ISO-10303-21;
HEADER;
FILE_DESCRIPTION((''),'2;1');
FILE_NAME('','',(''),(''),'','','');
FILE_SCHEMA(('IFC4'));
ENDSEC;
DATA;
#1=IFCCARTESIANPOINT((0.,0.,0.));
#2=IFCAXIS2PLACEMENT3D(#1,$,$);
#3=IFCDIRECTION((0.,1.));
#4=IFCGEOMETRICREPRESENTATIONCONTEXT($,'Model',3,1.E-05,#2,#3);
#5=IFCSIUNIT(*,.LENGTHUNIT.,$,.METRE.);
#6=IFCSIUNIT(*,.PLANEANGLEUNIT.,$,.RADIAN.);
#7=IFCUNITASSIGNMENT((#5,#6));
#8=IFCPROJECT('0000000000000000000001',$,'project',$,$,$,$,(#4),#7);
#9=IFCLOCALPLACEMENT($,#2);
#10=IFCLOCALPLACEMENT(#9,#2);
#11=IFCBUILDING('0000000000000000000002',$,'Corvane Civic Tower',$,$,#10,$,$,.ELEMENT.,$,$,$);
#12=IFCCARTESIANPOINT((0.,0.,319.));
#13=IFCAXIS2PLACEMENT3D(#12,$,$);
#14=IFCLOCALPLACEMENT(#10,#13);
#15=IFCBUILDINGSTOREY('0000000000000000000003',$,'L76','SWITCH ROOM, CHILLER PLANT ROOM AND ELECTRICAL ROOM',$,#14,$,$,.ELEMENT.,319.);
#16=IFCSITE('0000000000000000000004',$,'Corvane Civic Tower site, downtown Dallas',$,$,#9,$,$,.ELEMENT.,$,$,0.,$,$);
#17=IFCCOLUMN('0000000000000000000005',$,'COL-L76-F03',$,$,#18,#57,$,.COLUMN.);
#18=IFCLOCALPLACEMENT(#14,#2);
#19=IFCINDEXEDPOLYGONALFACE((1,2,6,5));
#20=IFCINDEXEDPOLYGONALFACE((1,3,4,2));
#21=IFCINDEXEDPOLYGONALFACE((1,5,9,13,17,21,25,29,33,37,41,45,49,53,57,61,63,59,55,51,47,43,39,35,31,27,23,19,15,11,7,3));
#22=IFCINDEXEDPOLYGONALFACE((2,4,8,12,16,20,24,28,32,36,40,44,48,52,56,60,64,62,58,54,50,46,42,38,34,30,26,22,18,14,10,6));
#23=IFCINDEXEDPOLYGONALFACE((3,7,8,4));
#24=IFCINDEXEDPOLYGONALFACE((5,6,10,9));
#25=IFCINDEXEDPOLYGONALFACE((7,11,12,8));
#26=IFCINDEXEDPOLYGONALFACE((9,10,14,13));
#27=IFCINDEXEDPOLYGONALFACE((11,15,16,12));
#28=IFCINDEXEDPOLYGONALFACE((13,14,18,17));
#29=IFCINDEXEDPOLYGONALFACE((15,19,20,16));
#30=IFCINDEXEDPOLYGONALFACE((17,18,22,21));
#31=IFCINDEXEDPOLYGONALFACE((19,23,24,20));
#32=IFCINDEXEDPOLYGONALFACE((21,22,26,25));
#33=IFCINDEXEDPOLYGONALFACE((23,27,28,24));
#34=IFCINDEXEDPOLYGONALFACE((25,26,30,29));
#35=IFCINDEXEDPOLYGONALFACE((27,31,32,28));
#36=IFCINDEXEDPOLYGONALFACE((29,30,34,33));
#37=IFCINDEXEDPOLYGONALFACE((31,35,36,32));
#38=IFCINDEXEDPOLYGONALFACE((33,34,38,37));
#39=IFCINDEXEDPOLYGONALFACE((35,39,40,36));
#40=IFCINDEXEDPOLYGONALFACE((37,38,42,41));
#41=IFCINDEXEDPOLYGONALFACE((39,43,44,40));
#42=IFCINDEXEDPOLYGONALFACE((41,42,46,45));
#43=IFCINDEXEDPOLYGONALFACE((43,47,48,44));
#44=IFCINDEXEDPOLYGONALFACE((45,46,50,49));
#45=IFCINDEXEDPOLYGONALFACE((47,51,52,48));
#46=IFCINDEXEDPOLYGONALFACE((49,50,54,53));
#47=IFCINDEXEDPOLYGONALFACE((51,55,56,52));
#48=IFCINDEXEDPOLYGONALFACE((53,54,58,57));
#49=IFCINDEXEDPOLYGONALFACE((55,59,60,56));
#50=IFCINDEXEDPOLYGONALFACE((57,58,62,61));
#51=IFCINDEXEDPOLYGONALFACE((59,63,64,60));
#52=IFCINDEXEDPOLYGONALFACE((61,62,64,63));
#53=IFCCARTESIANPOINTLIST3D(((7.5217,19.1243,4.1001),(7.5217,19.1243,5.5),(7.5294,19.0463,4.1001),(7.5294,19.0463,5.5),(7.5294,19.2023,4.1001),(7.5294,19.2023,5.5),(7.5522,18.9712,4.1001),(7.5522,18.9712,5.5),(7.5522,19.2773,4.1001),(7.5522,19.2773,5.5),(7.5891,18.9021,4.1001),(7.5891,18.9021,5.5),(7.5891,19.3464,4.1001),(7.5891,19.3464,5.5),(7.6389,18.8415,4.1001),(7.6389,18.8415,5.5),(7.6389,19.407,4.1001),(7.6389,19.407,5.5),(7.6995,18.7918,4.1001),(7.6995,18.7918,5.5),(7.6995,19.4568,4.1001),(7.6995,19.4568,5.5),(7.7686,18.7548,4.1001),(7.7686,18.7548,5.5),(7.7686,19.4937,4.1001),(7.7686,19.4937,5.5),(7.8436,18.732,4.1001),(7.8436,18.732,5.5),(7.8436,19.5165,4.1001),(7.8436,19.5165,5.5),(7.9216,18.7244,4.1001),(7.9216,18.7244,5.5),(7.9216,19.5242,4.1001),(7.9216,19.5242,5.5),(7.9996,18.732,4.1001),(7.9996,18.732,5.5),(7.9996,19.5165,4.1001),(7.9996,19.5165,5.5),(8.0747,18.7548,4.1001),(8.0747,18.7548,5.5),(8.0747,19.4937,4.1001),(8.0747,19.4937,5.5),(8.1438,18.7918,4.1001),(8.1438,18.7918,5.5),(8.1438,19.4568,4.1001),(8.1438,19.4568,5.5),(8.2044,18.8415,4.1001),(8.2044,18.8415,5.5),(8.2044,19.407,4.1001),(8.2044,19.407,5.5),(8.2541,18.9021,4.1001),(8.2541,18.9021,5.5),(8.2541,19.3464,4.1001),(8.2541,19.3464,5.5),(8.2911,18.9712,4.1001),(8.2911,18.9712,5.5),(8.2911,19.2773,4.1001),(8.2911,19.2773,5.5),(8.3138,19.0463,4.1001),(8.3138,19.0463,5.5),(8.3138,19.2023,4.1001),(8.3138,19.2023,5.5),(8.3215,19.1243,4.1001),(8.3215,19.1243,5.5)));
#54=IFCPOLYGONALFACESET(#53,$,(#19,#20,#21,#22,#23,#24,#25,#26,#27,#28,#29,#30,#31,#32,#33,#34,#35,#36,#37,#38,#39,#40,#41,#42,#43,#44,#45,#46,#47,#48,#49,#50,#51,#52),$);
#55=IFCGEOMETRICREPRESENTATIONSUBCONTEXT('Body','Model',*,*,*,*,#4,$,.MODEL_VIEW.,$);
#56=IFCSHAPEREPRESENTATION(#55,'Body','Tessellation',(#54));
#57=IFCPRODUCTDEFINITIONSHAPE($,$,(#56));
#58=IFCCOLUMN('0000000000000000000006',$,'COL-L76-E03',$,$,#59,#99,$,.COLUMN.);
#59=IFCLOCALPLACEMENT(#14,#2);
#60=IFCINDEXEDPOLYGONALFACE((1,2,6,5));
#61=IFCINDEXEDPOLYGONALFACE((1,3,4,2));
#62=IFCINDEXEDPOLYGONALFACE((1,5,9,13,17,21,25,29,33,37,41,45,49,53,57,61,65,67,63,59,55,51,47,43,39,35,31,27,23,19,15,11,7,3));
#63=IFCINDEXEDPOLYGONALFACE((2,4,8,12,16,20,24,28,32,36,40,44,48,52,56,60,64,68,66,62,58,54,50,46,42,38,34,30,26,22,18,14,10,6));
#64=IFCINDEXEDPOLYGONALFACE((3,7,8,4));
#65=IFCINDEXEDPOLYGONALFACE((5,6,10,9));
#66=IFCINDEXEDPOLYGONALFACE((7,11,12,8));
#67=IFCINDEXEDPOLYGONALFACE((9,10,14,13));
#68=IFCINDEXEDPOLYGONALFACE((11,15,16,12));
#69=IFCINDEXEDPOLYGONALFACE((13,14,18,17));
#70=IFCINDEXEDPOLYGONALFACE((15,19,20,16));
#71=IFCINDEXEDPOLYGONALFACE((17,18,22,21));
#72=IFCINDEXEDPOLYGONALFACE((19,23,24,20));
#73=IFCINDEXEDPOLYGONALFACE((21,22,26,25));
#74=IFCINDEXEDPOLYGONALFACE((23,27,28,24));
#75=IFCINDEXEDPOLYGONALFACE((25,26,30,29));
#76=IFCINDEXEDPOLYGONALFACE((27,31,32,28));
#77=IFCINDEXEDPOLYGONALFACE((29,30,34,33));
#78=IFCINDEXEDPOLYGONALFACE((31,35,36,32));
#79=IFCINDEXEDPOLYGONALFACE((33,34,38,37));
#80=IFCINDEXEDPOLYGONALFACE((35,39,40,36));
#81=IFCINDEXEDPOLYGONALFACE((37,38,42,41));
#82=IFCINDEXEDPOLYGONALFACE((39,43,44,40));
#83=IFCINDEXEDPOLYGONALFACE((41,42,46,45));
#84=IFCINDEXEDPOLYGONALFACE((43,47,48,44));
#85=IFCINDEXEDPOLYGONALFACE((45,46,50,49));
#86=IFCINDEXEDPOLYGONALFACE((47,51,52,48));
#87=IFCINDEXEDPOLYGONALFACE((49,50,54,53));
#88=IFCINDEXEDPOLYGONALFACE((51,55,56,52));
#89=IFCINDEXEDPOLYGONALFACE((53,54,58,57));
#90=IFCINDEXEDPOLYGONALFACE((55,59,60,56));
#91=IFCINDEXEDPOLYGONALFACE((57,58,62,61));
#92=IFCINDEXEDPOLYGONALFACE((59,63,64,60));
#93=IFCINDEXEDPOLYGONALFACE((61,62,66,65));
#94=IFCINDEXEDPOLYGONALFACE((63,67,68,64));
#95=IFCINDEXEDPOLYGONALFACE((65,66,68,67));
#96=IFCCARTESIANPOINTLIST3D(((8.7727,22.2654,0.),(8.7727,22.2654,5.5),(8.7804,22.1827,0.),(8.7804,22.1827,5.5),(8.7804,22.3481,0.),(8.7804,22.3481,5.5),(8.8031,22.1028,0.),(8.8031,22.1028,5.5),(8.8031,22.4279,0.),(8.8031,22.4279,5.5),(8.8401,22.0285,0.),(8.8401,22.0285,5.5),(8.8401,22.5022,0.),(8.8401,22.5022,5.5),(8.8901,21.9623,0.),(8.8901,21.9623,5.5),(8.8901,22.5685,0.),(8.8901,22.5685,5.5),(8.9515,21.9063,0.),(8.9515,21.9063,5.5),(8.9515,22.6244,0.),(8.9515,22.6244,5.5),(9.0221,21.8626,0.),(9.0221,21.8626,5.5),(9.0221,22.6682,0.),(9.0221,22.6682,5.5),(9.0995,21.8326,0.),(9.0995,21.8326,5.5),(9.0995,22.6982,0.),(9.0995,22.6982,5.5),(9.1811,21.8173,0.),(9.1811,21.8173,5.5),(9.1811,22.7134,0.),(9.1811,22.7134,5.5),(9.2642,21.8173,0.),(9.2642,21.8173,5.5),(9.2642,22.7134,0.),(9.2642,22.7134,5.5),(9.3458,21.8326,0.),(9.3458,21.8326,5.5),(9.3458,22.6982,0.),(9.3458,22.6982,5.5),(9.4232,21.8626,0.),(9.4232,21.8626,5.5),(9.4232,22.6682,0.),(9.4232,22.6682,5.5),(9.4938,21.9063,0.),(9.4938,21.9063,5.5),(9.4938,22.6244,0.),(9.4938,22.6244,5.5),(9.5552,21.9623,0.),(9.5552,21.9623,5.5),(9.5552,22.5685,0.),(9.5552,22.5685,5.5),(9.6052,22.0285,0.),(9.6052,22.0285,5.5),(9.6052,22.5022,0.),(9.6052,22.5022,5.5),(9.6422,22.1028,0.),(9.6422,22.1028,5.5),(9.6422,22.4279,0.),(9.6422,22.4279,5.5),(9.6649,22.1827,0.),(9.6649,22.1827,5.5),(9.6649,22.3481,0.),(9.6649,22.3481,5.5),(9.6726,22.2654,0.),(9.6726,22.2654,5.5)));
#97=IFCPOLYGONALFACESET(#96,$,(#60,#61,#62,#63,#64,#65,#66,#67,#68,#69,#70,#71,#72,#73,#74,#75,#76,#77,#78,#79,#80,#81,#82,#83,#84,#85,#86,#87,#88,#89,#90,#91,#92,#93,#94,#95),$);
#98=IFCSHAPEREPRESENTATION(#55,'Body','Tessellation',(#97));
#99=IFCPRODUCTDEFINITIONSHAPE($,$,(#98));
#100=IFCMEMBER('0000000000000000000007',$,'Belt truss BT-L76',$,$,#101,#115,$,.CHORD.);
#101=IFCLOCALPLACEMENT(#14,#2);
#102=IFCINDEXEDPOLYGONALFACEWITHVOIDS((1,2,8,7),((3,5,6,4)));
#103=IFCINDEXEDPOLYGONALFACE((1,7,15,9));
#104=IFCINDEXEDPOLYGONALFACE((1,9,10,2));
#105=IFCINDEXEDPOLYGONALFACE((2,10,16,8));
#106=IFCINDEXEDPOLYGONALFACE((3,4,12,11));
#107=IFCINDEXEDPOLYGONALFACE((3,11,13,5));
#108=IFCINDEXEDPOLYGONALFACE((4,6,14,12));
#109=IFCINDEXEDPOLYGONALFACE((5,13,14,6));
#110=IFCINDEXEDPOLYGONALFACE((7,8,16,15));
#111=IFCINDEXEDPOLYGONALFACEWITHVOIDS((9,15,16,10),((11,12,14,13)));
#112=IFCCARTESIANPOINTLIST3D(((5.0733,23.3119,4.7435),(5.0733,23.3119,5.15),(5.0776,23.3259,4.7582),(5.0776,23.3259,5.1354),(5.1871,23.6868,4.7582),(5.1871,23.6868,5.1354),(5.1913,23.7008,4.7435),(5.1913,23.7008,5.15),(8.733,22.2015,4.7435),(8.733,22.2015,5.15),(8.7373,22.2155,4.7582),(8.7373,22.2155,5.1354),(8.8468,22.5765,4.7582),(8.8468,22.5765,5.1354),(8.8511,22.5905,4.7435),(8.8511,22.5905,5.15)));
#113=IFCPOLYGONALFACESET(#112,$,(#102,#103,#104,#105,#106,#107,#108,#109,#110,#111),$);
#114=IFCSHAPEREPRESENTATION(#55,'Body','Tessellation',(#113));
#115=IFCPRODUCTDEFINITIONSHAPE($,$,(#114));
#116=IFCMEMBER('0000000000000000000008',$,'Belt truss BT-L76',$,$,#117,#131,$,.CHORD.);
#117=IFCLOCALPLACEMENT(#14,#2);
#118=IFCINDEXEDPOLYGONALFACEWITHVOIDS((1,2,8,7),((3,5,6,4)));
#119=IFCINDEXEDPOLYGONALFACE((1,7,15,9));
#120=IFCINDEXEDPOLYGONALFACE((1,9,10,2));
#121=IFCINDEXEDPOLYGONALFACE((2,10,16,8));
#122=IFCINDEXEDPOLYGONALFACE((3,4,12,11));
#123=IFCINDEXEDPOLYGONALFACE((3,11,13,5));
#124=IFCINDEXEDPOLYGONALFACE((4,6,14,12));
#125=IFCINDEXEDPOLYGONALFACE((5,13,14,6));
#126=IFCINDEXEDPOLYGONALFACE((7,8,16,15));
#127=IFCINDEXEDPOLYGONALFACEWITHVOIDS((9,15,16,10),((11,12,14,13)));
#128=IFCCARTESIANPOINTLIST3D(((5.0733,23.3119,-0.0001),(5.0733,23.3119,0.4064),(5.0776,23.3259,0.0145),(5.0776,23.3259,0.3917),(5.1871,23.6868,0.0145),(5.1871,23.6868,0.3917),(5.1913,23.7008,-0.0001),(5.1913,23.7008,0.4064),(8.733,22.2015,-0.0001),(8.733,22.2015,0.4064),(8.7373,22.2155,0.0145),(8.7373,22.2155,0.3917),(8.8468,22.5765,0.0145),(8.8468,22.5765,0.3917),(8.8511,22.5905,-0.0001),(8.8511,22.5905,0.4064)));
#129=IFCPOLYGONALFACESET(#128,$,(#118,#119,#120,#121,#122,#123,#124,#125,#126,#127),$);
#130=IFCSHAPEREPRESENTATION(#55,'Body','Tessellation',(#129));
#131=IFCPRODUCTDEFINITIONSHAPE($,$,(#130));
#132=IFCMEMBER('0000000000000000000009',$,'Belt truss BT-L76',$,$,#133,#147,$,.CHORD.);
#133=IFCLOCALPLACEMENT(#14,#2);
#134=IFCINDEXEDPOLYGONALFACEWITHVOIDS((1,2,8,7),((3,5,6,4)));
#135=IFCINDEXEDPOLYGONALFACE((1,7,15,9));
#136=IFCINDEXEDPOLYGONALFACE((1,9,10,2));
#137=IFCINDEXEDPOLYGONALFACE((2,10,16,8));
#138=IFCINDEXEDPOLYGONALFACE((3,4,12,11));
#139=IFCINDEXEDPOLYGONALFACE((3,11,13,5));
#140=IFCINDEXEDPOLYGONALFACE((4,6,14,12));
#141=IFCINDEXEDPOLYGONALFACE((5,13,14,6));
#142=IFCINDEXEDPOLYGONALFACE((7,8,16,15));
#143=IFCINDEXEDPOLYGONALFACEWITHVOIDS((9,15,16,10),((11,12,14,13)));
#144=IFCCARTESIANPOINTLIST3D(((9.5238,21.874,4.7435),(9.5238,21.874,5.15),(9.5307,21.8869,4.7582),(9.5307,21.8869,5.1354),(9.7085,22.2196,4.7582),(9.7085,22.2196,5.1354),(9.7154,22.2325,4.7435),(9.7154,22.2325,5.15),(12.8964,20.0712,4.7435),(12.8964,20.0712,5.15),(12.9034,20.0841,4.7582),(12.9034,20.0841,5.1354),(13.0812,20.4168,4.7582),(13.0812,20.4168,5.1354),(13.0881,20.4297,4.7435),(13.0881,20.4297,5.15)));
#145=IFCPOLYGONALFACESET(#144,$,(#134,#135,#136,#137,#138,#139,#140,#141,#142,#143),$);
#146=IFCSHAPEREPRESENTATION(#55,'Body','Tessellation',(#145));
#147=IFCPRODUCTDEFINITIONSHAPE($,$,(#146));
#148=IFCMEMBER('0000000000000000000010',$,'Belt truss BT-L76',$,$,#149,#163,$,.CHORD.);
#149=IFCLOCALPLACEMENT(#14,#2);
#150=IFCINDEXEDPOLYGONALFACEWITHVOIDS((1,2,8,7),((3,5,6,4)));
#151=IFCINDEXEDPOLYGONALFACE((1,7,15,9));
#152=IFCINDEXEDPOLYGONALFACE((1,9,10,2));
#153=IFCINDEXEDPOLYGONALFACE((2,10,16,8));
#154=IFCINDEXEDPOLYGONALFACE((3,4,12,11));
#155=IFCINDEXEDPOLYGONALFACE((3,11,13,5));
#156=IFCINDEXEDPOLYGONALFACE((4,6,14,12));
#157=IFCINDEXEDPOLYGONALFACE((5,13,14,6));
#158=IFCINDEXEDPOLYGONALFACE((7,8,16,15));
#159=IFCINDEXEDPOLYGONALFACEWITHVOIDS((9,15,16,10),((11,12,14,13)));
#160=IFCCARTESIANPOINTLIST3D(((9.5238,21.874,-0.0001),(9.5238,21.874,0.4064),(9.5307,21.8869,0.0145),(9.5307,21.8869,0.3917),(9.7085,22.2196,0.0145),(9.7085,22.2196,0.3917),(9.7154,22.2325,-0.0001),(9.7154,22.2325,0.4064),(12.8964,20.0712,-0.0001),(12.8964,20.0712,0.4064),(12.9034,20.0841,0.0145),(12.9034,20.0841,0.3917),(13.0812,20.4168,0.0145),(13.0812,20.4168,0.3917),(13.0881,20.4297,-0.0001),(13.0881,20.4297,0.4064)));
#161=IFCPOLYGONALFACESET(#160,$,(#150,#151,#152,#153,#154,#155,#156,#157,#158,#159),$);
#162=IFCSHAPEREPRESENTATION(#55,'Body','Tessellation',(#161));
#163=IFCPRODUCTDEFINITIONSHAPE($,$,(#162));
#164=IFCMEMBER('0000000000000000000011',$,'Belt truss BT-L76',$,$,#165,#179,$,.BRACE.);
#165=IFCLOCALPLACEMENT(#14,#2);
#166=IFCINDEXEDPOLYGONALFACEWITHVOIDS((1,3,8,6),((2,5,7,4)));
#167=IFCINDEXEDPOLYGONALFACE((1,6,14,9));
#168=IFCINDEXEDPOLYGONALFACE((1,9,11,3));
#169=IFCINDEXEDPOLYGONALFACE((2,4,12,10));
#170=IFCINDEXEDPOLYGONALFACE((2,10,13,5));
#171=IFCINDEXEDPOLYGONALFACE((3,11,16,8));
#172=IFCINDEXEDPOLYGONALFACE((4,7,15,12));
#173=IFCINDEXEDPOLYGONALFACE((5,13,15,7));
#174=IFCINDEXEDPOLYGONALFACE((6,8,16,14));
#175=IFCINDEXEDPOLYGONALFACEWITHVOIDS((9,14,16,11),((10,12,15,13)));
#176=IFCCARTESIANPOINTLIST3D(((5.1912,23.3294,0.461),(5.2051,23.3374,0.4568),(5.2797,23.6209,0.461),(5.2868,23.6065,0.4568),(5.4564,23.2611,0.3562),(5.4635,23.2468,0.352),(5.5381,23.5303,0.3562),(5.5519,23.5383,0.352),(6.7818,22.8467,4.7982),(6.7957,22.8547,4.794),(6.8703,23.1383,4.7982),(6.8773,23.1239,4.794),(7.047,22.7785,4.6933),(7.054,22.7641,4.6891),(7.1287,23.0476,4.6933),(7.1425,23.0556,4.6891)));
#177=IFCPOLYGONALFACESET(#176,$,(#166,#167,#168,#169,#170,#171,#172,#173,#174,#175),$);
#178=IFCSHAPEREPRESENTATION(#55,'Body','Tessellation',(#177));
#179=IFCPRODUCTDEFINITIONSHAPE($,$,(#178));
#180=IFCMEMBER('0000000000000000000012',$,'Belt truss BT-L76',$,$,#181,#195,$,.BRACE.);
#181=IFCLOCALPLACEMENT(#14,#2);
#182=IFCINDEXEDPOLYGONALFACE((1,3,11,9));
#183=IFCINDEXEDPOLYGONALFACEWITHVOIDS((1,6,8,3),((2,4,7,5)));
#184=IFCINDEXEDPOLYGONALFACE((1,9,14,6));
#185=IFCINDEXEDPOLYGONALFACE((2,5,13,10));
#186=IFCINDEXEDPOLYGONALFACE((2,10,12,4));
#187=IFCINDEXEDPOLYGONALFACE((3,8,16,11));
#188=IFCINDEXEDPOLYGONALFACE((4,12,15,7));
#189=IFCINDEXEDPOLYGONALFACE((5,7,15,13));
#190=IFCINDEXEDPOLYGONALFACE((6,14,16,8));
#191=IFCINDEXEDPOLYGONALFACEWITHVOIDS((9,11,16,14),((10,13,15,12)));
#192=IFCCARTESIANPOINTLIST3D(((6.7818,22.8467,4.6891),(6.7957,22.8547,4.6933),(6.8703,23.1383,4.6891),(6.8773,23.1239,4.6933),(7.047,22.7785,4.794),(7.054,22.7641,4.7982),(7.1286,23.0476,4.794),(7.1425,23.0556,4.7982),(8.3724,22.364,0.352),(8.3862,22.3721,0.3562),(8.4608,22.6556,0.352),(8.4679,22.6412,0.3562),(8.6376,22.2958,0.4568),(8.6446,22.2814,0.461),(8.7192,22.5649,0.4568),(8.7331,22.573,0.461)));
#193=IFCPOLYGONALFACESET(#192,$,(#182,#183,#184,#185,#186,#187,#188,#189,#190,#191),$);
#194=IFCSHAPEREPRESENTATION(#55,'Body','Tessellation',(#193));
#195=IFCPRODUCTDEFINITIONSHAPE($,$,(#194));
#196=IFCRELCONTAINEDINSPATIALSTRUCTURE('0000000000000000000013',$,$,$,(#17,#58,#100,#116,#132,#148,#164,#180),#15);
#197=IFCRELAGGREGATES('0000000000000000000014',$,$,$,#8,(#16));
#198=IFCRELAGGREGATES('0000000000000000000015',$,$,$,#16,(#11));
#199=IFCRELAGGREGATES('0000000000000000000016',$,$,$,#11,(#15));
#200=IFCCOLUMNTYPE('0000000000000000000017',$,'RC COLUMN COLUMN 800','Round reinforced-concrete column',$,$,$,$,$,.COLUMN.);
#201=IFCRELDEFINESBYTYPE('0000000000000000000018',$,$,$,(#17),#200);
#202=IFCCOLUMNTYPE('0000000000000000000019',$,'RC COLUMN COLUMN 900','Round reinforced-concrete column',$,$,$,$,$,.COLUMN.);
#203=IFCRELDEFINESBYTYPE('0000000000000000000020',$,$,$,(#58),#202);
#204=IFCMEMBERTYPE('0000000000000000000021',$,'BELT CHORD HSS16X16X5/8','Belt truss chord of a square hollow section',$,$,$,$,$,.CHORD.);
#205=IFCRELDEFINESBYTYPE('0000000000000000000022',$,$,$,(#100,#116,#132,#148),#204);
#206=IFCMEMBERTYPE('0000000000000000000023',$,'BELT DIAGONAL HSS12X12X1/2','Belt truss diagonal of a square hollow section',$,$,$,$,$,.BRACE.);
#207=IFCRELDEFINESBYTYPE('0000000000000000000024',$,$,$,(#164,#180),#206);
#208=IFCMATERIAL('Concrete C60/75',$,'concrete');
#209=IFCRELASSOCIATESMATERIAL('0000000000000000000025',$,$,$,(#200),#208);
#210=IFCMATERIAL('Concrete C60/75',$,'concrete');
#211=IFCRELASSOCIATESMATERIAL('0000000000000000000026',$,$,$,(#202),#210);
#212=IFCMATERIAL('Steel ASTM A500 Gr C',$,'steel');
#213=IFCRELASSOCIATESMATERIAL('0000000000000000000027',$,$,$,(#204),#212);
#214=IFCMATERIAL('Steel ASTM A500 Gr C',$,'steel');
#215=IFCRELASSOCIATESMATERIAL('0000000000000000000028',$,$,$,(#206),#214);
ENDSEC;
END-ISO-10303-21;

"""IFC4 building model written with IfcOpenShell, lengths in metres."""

from ifc_helpers import new_model, si_unit, direction, frame, origin, origin_2d, place, context, subcontext, project, spatial, hollow_rectangle, circle, extrude, material, material_profile, profile_set, type_object, element, save


model = new_model("IFC4")

# Units and contexts
model_context = context("Model", 3, precision=1e-05, world=origin(), true_north=direction((0.0, 1.0)))
body_context = subcontext(model_context, "Body", "Model", "MODEL_VIEW")
ifc_project = project(units=[si_unit("LENGTHUNIT", "METRE"), si_unit("PLANEANGLEUNIT", "RADIAN")], contexts=[model_context])

# Site, building, storey
site_placement = place(None, origin())
site = spatial("IfcSite", under=ifc_project, at=site_placement, Name="Corvane Civic Tower site, downtown Dallas", CompositionType="ELEMENT", RefElevation=0.0)
building_placement = place(site_placement, origin())
building = spatial("IfcBuilding", under=site, at=building_placement, Name="Corvane Civic Tower", CompositionType="ELEMENT")
storey_placement = place(building_placement, frame((0.0, 0.0, 319.0)))
storey = spatial("IfcBuildingStorey", under=building, at=storey_placement, Name="L76", Description="SWITCH ROOM, CHILLER PLANT ROOM AND ELECTRICAL ROOM", CompositionType="ELEMENT", Elevation=319.0)

# Columns
ifc_material_1 = material(Name="Concrete C60/75", Category="concrete")
ifc_material_profile_1 = material_profile(ifc_material_1, circle(Radius=0.3999, at=origin_2d()), Name="COLUMN 800")
ifc_profile_set_1 = profile_set([ifc_material_profile_1], Name="Concrete C60/75")
column_type_1 = type_object("IfcColumnType", Name="RC COLUMN COLUMN 800", Description="Round reinforced-concrete column", PredefinedType="COLUMN", material=ifc_profile_set_1)
column_1_placement = place(storey_placement, frame((7.9216, 19.1243, 4.1001), z_axis=(0.0, 0.0, 1.0), x_axis=(1.0, 0.0, 0.0)))
element("IfcColumn", 1, at=column_1_placement, inside=storey, type_object=column_type_1, Name="COL-L76-F03", PredefinedType="COLUMN", context=body_context, shape_type="SweptSolid", body=[
    extrude(circle(Radius=0.3999, at=origin_2d()), origin(), (0.0, 0.0, 1.0), 1.3999),
])
ifc_material_2 = material(Name="Concrete C60/75", Category="concrete")
ifc_material_profile_2 = material_profile(ifc_material_2, circle(Radius=0.45, at=origin_2d()), Name="COLUMN 900")
ifc_profile_set_2 = profile_set([ifc_material_profile_2], Name="Concrete C60/75")
column_type_2 = type_object("IfcColumnType", Name="RC COLUMN COLUMN 900", Description="Round reinforced-concrete column", PredefinedType="COLUMN", material=ifc_profile_set_2)
column_2_placement = place(storey_placement, frame((9.2227, 22.2654, 0.0), z_axis=(0.0, 0.0, 1.0), x_axis=(1.0, 0.0, 0.0)))
element("IfcColumn", 2, at=column_2_placement, inside=storey, type_object=column_type_2, Name="COL-L76-E03", PredefinedType="COLUMN", context=body_context, shape_type="SweptSolid", body=[
    extrude(circle(Radius=0.45, at=origin_2d()), origin(), (0.0, 0.0, 1.0), 5.5),
])

# Members
ifc_material_3 = material(Name="Steel ASTM A500 Gr C", Category="steel")
ifc_material_profile_3 = material_profile(ifc_material_3, hollow_rectangle(XDim=0.4065, YDim=0.4065, WallThickness=0.0146, at=origin_2d()), Name="HSS16X16X5/8")
ifc_profile_set_3 = profile_set([ifc_material_profile_3], Name="Steel ASTM A500 Gr C")
member_type_1 = type_object("IfcMemberType", Name="BELT CHORD HSS16X16X5/8", Description="Belt truss chord of a square hollow section", PredefinedType="CHORD", material=ifc_profile_set_3)
for number, where, z_axis, x_axis, name in (
    (3, (5.1323, 23.5063, 4.9468), (0.956926, -0.290333, 0.0), (0.290333, 0.956926, 0.0), "Belt truss BT-L76"),
    (4, (5.1323, 23.5063, 0.2031), (0.956926, -0.290333, 0.0), (0.290333, 0.956926, 0.0), "Belt truss BT-L76"),
):
    element("IfcMember", number, at=place(storey_placement, frame(where, z_axis=z_axis, x_axis=x_axis)), inside=storey, type_object=member_type_1, Name=name, PredefinedType="CHORD", context=body_context, shape_type="SweptSolid", body=[
        extrude(hollow_rectangle(XDim=0.4065, YDim=0.4065, WallThickness=0.0146, at=origin_2d()), origin(), (0.0, 0.0, 1.0), 3.8245),
    ])
for number, where, z_axis, x_axis, name in (
    (5, (9.6196, 22.0532, 4.9468), (0.881914, -0.47141, 0.0), (0.47141, 0.881914, 0.0), "Belt truss BT-L76"),
    (6, (9.6196, 22.0532, 0.2031), (0.881914, -0.47141, 0.0), (0.47141, 0.881914, 0.0), "Belt truss BT-L76"),
):
    element("IfcMember", number, at=place(storey_placement, frame(where, z_axis=z_axis, x_axis=x_axis)), inside=storey, type_object=member_type_1, Name=name, PredefinedType="CHORD", context=body_context, shape_type="SweptSolid", body=[
        extrude(hollow_rectangle(XDim=0.4065, YDim=0.4065, WallThickness=0.0146, at=origin_2d()), origin(), (0.0, 0.0, 1.0), 3.8242),
    ])
ifc_material_4 = material(Name="Steel ASTM A500 Gr C", Category="steel")
ifc_material_profile_4 = material_profile(ifc_material_4, hollow_rectangle(XDim=0.3047, YDim=0.3047, WallThickness=0.0117, at=origin_2d()), Name="HSS12X12X1/2")
ifc_profile_set_4 = profile_set([ifc_material_profile_4], Name="Steel ASTM A500 Gr C")
member_type_2 = type_object("IfcMemberType", Name="BELT DIAGONAL HSS12X12X1/2", Description="Belt truss diagonal of a square hollow section", PredefinedType="BRACE", material=ifc_profile_set_4)
for number, where, z_axis, x_axis, name in (
    (7, (5.3716, 23.4338, 0.4065), (0.342445, -0.103916, 0.933773), (0.290378, 0.956912, 0.0), "Belt truss BT-L76"),
    (8, (8.5527, 22.4685, 0.4065), (-0.342445, 0.103916, 0.933773), (-0.290378, -0.956912, 0.0), "Belt truss BT-L76"),
):
    element("IfcMember", number, at=place(storey_placement, frame(where, z_axis=z_axis, x_axis=x_axis)), inside=storey, type_object=member_type_2, Name=name, PredefinedType="BRACE", context=body_context, shape_type="SweptSolid", body=[
        extrude(hollow_rectangle(XDim=0.3047, YDim=0.3047, WallThickness=0.0117, at=origin_2d()), origin(), (0.0, 0.0, 1.0), 4.6448),
    ])

save(model, "model.ifc")
